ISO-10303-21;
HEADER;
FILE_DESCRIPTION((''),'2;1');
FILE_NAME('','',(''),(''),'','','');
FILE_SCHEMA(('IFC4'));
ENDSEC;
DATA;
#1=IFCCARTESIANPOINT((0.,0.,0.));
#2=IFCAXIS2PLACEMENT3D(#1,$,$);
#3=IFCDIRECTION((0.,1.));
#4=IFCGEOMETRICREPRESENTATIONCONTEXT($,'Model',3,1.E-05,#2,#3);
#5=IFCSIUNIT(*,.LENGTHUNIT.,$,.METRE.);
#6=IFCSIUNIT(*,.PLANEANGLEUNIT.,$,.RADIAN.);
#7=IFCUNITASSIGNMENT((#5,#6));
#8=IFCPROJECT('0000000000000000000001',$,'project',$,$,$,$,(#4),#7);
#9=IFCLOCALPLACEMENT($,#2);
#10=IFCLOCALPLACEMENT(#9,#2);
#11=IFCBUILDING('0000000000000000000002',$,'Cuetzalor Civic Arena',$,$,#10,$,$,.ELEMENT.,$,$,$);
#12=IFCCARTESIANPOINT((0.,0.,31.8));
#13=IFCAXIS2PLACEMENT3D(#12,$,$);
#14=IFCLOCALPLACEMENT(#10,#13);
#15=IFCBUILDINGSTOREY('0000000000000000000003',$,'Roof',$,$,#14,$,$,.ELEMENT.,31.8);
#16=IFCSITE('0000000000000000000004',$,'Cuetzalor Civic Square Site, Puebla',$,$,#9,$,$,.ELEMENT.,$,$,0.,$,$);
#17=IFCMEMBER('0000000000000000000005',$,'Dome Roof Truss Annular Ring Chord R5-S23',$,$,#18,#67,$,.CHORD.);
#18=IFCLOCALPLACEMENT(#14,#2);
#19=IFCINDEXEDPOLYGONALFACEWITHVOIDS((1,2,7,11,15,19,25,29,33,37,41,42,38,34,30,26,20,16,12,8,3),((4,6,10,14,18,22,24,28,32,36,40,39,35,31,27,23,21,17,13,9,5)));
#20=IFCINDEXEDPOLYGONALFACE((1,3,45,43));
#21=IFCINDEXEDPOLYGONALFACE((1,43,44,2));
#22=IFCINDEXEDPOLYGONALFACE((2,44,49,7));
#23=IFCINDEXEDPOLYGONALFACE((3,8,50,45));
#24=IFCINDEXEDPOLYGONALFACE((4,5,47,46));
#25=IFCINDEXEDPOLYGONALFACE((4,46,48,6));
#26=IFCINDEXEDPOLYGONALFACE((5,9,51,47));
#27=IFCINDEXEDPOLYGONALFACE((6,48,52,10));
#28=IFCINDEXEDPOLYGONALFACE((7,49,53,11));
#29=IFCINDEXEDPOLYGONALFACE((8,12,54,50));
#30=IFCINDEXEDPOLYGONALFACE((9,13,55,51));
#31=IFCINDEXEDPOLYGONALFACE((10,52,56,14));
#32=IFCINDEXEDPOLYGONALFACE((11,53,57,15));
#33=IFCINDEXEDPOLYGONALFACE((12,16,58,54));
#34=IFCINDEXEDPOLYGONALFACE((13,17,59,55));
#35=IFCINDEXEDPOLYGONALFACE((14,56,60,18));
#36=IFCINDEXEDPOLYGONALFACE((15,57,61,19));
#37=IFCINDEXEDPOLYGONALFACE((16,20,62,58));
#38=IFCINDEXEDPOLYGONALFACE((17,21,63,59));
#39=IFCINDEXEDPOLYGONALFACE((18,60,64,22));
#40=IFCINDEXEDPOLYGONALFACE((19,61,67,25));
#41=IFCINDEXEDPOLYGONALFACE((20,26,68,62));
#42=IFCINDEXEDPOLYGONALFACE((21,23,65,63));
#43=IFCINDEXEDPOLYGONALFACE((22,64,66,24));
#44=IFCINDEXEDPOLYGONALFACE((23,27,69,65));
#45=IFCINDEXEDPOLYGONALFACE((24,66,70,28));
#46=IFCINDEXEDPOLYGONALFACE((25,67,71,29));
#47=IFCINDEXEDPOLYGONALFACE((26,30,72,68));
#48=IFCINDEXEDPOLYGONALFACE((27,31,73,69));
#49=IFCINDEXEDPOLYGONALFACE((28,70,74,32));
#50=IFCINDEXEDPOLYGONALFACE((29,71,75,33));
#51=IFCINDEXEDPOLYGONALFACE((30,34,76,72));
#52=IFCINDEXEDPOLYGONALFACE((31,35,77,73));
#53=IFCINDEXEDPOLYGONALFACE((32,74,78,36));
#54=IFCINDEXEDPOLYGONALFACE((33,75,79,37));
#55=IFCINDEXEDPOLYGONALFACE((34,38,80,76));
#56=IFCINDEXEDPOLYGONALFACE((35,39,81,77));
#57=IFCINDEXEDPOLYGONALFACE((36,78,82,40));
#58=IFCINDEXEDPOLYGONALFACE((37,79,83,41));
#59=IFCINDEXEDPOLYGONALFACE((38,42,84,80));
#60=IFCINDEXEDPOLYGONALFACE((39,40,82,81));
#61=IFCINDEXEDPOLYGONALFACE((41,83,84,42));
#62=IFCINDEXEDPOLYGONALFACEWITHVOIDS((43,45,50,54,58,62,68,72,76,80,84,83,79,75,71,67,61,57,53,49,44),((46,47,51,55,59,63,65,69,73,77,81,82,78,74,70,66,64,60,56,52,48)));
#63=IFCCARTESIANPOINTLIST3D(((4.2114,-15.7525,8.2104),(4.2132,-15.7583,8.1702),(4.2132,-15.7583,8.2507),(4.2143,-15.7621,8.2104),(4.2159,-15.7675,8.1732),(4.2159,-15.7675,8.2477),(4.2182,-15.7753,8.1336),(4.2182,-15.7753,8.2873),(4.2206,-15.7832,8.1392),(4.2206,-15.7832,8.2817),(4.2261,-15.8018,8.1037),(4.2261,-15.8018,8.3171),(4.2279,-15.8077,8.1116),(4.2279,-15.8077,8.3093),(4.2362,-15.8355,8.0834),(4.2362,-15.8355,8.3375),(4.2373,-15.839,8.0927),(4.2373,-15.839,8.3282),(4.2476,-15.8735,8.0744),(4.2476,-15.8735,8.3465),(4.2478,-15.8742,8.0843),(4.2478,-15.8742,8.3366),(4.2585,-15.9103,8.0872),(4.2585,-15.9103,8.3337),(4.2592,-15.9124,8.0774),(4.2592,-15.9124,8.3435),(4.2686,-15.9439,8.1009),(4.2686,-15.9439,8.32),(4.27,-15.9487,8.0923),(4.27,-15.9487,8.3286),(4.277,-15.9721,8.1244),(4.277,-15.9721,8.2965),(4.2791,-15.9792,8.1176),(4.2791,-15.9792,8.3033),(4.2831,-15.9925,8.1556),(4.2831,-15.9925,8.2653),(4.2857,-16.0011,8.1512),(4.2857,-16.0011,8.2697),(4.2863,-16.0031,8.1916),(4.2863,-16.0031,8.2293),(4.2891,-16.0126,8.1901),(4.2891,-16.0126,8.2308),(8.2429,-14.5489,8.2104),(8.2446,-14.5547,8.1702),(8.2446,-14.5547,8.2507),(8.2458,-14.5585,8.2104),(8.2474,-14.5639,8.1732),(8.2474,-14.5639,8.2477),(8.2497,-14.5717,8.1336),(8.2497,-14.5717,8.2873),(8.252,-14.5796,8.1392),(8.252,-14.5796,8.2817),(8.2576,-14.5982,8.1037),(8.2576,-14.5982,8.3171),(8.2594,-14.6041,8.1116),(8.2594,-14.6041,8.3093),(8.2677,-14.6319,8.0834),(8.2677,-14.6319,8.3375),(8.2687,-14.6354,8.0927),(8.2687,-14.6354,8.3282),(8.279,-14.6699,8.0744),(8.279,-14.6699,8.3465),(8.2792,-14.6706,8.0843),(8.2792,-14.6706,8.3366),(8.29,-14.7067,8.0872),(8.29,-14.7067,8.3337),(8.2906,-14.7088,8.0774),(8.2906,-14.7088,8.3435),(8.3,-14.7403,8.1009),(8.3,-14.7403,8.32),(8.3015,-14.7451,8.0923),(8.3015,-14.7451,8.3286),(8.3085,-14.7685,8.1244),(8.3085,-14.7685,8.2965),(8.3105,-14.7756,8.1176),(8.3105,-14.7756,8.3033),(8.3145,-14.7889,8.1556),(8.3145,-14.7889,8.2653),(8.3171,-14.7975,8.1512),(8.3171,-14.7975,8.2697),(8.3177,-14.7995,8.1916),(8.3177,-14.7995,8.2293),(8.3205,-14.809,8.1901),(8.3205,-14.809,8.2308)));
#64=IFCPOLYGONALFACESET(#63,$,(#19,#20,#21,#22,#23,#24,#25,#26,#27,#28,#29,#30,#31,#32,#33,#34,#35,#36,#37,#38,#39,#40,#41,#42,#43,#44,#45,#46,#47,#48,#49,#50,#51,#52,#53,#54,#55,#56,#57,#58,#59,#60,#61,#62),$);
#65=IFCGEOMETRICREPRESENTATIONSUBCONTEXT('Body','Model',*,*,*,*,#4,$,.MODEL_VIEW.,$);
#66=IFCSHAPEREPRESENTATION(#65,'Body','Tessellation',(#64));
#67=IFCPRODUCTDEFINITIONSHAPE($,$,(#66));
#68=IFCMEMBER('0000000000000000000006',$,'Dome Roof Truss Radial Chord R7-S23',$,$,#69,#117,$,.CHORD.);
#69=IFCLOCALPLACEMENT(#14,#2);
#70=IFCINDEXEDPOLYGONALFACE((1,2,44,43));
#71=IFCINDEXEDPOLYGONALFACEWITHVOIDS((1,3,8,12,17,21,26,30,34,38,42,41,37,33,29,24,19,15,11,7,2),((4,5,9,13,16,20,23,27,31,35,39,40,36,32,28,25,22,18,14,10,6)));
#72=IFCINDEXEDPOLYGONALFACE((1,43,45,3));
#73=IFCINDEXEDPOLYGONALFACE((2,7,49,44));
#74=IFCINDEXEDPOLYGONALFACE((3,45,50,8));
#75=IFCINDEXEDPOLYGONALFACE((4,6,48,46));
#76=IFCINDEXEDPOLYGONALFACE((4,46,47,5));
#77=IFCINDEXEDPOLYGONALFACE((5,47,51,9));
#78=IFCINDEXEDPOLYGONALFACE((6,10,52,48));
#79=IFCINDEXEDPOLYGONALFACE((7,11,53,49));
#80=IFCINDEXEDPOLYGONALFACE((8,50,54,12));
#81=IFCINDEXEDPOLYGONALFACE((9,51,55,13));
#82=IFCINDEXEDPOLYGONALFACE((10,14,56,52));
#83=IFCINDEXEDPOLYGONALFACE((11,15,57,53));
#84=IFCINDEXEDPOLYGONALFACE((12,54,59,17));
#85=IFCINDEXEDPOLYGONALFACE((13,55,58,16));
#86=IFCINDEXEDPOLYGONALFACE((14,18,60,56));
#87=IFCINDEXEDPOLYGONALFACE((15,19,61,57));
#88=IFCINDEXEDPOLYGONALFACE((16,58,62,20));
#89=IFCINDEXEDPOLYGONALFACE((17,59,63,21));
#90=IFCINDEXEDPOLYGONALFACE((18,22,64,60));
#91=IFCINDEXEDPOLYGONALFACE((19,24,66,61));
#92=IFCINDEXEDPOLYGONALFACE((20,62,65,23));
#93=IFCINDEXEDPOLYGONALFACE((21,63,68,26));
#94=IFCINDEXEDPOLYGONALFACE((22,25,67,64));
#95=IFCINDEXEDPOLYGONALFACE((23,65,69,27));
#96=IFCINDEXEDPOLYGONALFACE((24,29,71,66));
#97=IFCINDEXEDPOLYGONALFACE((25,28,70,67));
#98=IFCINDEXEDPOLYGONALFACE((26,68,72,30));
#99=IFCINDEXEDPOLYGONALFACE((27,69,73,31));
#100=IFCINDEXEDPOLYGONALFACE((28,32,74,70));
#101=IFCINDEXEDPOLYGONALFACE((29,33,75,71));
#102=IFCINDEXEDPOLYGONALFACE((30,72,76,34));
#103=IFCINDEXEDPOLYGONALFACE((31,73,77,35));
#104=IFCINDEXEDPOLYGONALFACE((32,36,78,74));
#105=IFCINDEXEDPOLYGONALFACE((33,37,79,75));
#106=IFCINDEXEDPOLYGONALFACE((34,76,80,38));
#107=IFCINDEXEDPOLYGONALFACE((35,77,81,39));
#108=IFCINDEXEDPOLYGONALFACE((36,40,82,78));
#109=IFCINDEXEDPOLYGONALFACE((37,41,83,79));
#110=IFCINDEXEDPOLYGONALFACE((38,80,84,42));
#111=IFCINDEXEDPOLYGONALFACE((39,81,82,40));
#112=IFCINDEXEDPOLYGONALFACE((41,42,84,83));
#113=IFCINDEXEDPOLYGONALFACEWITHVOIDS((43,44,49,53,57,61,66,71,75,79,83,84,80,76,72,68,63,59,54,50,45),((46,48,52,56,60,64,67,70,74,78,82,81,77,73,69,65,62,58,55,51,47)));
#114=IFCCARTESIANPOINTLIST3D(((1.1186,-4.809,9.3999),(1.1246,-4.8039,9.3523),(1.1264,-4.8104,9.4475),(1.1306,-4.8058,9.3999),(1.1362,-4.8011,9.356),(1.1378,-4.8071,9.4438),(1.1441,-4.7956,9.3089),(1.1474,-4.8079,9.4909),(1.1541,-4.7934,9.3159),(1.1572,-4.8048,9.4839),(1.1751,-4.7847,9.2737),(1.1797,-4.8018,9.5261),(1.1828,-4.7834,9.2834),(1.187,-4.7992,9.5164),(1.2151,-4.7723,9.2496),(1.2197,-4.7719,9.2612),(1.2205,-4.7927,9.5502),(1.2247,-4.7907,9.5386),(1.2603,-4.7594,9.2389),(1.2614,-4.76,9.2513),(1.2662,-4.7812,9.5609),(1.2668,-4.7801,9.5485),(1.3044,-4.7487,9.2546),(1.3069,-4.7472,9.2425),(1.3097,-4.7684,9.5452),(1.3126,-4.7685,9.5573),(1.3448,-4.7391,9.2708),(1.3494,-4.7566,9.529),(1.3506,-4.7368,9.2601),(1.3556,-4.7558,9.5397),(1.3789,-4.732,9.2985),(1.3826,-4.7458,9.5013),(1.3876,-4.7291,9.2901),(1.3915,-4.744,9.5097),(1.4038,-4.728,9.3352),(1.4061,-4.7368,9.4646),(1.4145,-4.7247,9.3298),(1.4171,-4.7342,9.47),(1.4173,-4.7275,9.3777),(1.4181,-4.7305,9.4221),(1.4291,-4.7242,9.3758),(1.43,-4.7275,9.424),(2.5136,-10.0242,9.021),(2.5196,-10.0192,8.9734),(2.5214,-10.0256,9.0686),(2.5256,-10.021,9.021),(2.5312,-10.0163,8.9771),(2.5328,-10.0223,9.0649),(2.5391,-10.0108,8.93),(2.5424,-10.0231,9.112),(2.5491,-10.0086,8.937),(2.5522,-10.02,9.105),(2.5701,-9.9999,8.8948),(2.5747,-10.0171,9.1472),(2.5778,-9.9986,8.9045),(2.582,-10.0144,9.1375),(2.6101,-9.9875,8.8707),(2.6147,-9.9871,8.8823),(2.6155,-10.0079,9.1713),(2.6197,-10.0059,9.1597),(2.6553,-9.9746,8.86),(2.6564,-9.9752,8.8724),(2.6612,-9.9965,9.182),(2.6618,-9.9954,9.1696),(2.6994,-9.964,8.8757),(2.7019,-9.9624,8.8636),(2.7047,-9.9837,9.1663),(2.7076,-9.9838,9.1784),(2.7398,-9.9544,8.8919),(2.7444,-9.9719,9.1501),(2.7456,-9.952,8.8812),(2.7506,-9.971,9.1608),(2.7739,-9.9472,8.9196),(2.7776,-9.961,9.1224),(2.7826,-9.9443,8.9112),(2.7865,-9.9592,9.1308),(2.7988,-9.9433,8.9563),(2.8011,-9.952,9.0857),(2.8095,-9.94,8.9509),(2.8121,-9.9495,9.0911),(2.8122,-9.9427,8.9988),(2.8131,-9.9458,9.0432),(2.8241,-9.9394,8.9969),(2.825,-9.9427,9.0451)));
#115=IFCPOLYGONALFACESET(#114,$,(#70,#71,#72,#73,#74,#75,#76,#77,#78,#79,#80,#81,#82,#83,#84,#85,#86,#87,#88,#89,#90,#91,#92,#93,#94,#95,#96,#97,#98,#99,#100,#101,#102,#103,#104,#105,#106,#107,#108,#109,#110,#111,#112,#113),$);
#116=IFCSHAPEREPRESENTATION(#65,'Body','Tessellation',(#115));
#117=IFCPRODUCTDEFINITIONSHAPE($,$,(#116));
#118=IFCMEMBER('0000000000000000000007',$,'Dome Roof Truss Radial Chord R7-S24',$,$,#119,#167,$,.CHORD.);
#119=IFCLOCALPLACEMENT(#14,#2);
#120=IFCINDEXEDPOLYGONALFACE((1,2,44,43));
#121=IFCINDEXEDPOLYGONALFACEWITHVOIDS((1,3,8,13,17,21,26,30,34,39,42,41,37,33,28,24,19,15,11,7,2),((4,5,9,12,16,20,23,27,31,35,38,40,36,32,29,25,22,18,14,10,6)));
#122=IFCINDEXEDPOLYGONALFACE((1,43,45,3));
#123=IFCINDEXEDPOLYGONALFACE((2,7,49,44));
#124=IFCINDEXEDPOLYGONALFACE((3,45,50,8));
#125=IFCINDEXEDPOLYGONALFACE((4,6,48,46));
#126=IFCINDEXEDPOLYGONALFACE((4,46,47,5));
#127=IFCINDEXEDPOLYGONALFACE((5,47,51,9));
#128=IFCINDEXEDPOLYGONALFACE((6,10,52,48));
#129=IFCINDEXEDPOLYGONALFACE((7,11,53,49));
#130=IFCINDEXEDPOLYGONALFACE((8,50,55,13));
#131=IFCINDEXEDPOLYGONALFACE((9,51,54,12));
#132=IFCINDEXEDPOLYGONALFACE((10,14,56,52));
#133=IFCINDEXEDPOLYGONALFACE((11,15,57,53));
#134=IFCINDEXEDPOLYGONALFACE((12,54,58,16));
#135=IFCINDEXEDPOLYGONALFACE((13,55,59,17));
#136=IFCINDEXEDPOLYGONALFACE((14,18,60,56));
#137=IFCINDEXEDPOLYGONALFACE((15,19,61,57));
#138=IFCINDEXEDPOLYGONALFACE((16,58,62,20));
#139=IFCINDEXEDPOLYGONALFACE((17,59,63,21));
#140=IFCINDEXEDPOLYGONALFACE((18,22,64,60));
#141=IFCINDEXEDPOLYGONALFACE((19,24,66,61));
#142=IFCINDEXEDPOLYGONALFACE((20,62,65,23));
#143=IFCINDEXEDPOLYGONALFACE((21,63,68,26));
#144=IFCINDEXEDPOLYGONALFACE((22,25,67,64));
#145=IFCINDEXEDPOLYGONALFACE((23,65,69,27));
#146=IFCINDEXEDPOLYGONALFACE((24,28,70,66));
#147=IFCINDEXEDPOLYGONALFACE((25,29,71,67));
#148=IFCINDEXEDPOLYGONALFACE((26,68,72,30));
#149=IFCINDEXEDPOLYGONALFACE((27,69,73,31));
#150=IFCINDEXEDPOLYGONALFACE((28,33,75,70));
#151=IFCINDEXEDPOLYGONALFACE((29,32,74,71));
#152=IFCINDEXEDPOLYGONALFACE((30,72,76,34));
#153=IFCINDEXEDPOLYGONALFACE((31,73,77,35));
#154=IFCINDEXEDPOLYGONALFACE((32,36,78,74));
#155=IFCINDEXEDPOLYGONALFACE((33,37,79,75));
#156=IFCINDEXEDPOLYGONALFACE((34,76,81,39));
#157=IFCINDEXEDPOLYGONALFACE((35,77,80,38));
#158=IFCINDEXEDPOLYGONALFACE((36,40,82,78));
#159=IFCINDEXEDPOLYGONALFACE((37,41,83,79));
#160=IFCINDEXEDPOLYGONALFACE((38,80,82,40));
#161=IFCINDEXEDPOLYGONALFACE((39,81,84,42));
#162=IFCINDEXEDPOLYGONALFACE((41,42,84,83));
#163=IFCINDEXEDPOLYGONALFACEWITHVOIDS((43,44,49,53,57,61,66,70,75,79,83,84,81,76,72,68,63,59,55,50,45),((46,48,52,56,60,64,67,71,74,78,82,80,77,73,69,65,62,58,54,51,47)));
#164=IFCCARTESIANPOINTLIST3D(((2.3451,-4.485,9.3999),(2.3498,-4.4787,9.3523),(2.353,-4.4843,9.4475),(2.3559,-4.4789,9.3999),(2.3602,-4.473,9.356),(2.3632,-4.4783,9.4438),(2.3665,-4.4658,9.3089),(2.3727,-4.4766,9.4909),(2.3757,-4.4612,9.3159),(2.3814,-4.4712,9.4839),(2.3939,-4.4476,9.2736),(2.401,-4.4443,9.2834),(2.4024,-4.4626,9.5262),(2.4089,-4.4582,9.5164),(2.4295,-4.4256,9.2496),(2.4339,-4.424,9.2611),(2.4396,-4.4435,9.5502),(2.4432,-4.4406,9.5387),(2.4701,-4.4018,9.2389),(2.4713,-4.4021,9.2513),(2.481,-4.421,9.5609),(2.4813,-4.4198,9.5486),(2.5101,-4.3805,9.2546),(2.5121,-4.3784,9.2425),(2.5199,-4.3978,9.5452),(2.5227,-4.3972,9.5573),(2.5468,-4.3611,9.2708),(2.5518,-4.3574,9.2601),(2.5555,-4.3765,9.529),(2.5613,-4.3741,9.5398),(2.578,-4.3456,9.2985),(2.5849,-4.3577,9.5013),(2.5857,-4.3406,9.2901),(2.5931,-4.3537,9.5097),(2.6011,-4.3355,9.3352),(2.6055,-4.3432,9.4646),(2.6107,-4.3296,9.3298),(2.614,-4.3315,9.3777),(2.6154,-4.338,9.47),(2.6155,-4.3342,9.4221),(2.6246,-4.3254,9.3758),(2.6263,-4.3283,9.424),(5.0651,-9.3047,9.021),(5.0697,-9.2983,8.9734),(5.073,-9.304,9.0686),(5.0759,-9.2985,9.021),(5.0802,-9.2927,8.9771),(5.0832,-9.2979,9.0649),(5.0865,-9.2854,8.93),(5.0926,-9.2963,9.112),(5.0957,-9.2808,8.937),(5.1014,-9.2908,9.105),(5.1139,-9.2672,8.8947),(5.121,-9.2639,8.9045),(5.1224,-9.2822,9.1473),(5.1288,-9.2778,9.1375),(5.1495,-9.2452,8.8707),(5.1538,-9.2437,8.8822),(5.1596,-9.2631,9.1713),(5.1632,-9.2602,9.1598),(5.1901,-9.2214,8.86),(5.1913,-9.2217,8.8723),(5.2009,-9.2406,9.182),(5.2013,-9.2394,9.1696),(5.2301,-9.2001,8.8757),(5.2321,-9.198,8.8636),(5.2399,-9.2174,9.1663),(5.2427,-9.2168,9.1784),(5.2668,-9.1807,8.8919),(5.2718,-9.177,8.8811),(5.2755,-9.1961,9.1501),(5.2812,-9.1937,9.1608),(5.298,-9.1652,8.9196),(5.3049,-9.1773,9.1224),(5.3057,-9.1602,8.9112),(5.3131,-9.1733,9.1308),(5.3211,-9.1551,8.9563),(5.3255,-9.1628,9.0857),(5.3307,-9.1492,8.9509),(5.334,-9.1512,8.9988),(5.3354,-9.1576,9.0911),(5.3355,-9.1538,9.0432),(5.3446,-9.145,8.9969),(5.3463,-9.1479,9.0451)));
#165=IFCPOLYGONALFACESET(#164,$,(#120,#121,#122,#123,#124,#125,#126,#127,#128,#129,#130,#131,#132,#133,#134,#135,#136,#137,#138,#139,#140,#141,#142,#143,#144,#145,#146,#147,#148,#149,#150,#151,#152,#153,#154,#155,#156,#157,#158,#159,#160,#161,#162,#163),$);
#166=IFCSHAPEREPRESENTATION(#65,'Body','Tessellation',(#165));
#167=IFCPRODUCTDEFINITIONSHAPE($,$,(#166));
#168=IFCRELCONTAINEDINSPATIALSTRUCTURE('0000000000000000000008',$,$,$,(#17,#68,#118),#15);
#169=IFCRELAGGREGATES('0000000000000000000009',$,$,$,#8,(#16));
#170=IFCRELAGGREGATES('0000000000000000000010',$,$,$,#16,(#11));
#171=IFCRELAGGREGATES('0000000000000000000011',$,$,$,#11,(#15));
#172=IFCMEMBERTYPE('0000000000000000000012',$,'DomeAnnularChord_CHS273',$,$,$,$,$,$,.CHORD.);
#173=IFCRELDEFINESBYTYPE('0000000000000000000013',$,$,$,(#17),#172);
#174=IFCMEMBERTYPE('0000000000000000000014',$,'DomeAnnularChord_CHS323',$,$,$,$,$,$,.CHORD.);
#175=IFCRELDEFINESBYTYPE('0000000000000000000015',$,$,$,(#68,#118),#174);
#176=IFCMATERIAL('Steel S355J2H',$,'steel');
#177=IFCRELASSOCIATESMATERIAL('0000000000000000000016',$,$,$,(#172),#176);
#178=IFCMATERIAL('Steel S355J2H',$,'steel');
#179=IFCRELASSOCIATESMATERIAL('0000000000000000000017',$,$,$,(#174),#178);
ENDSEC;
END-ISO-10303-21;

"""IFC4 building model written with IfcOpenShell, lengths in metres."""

from ifc_helpers import new_model, si_unit, direction, frame, origin, origin_2d, place, context, subcontext, project, spatial, hollow_circle, extrude, material, material_profile, profile_set, type_object, element, save


model = new_model("IFC4")

# Units and contexts
model_context = context("Model", 3, precision=1e-05, world=origin(), true_north=direction((0.0, 1.0)))
body_context = subcontext(model_context, "Body", "Model", "MODEL_VIEW")
ifc_project = project(units=[si_unit("LENGTHUNIT", "METRE"), si_unit("PLANEANGLEUNIT", "RADIAN")], contexts=[model_context])

# Site, building, storey
site_placement = place(None, origin())
site = spatial("IfcSite", under=ifc_project, at=site_placement, Name="Cuetzalor Civic Square Site, Puebla", CompositionType="ELEMENT", RefElevation=0.0)
building_placement = place(site_placement, origin())
building = spatial("IfcBuilding", under=site, at=building_placement, Name="Cuetzalor Civic Arena", CompositionType="ELEMENT")
storey_placement = place(building_placement, frame((0.0, 0.0, 31.8)))
storey = spatial("IfcBuildingStorey", under=building, at=storey_placement, Name="Roof", CompositionType="ELEMENT", Elevation=31.8)

# Members
ifc_material_1 = material(Name="Steel S355J2H", Category="steel")
ifc_material_profile_1 = material_profile(ifc_material_1, hollow_circle(Radius=0.1365, WallThickness=0.01, at=origin_2d()), Name="CHS 273x10")
ifc_profile_set_1 = profile_set([ifc_material_profile_1], Name="Steel S355J2H")
member_type_1 = type_object("IfcMemberType", Name="DomeAnnularChord_CHS273", PredefinedType="CHORD", material=ifc_profile_set_1)
member_1_placement = place(storey_placement, frame((4.2505, -15.8833, 8.2104), z_axis=(0.958207, 0.286075, 0.0), x_axis=(-0.286075, 0.958207, 0.0)))
element("IfcMember", 1, at=member_1_placement, inside=storey, type_object=member_type_1, Name="Dome Roof Truss Annular Ring Chord R5-S23", PredefinedType="CHORD", context=body_context, shape_type="SweptSolid", body=[
    extrude(hollow_circle(Radius=0.1365, WallThickness=0.01, at=origin_2d()), origin(), (0.0, 0.0, 1.0), 4.2073),
])
ifc_material_2 = material(Name="Steel S355J2H", Category="steel")
ifc_material_profile_2 = material_profile(ifc_material_2, hollow_circle(Radius=0.1619, WallThickness=0.0125, at=origin_2d()), Name="CHS 323.9x12.5")
ifc_profile_set_2 = profile_set([ifc_material_profile_2], Name="Steel S355J2H")
member_type_2 = type_object("IfcMemberType", Name="DomeAnnularChord_CHS323", PredefinedType="CHORD", material=ifc_profile_set_2)
member_2_placement = place(storey_placement, frame((2.6699, -9.9824, 9.021), z_axis=(-0.257766, 0.963667, 0.070013), x_axis=(-0.966038, -0.2584, 0.0)))
element("IfcMember", 2, at=member_2_placement, inside=storey, type_object=member_type_2, Name="Dome Roof Truss Radial Chord R7-S23", PredefinedType="CHORD", context=body_context, shape_type="SweptSolid", body=[
    extrude(hollow_circle(Radius=0.1619, WallThickness=0.0125, at=origin_2d()), origin(), (0.0, 0.0, 1.0), 5.4119),
])
member_3_placement = place(storey_placement, frame((5.2061, -9.2251, 9.021), z_axis=(-0.490342, 0.868849, 0.068307), x_axis=(-0.870883, -0.49149, 0.0)))
element("IfcMember", 3, at=member_3_placement, inside=storey, type_object=member_type_2, Name="Dome Roof Truss Radial Chord R7-S24", PredefinedType="CHORD", context=body_context, shape_type="SweptSolid", body=[
    extrude(hollow_circle(Radius=0.1619, WallThickness=0.0125, at=origin_2d()), origin(), (0.0, 0.0, 1.0), 5.5471),
])

save(model, "model.ifc")
